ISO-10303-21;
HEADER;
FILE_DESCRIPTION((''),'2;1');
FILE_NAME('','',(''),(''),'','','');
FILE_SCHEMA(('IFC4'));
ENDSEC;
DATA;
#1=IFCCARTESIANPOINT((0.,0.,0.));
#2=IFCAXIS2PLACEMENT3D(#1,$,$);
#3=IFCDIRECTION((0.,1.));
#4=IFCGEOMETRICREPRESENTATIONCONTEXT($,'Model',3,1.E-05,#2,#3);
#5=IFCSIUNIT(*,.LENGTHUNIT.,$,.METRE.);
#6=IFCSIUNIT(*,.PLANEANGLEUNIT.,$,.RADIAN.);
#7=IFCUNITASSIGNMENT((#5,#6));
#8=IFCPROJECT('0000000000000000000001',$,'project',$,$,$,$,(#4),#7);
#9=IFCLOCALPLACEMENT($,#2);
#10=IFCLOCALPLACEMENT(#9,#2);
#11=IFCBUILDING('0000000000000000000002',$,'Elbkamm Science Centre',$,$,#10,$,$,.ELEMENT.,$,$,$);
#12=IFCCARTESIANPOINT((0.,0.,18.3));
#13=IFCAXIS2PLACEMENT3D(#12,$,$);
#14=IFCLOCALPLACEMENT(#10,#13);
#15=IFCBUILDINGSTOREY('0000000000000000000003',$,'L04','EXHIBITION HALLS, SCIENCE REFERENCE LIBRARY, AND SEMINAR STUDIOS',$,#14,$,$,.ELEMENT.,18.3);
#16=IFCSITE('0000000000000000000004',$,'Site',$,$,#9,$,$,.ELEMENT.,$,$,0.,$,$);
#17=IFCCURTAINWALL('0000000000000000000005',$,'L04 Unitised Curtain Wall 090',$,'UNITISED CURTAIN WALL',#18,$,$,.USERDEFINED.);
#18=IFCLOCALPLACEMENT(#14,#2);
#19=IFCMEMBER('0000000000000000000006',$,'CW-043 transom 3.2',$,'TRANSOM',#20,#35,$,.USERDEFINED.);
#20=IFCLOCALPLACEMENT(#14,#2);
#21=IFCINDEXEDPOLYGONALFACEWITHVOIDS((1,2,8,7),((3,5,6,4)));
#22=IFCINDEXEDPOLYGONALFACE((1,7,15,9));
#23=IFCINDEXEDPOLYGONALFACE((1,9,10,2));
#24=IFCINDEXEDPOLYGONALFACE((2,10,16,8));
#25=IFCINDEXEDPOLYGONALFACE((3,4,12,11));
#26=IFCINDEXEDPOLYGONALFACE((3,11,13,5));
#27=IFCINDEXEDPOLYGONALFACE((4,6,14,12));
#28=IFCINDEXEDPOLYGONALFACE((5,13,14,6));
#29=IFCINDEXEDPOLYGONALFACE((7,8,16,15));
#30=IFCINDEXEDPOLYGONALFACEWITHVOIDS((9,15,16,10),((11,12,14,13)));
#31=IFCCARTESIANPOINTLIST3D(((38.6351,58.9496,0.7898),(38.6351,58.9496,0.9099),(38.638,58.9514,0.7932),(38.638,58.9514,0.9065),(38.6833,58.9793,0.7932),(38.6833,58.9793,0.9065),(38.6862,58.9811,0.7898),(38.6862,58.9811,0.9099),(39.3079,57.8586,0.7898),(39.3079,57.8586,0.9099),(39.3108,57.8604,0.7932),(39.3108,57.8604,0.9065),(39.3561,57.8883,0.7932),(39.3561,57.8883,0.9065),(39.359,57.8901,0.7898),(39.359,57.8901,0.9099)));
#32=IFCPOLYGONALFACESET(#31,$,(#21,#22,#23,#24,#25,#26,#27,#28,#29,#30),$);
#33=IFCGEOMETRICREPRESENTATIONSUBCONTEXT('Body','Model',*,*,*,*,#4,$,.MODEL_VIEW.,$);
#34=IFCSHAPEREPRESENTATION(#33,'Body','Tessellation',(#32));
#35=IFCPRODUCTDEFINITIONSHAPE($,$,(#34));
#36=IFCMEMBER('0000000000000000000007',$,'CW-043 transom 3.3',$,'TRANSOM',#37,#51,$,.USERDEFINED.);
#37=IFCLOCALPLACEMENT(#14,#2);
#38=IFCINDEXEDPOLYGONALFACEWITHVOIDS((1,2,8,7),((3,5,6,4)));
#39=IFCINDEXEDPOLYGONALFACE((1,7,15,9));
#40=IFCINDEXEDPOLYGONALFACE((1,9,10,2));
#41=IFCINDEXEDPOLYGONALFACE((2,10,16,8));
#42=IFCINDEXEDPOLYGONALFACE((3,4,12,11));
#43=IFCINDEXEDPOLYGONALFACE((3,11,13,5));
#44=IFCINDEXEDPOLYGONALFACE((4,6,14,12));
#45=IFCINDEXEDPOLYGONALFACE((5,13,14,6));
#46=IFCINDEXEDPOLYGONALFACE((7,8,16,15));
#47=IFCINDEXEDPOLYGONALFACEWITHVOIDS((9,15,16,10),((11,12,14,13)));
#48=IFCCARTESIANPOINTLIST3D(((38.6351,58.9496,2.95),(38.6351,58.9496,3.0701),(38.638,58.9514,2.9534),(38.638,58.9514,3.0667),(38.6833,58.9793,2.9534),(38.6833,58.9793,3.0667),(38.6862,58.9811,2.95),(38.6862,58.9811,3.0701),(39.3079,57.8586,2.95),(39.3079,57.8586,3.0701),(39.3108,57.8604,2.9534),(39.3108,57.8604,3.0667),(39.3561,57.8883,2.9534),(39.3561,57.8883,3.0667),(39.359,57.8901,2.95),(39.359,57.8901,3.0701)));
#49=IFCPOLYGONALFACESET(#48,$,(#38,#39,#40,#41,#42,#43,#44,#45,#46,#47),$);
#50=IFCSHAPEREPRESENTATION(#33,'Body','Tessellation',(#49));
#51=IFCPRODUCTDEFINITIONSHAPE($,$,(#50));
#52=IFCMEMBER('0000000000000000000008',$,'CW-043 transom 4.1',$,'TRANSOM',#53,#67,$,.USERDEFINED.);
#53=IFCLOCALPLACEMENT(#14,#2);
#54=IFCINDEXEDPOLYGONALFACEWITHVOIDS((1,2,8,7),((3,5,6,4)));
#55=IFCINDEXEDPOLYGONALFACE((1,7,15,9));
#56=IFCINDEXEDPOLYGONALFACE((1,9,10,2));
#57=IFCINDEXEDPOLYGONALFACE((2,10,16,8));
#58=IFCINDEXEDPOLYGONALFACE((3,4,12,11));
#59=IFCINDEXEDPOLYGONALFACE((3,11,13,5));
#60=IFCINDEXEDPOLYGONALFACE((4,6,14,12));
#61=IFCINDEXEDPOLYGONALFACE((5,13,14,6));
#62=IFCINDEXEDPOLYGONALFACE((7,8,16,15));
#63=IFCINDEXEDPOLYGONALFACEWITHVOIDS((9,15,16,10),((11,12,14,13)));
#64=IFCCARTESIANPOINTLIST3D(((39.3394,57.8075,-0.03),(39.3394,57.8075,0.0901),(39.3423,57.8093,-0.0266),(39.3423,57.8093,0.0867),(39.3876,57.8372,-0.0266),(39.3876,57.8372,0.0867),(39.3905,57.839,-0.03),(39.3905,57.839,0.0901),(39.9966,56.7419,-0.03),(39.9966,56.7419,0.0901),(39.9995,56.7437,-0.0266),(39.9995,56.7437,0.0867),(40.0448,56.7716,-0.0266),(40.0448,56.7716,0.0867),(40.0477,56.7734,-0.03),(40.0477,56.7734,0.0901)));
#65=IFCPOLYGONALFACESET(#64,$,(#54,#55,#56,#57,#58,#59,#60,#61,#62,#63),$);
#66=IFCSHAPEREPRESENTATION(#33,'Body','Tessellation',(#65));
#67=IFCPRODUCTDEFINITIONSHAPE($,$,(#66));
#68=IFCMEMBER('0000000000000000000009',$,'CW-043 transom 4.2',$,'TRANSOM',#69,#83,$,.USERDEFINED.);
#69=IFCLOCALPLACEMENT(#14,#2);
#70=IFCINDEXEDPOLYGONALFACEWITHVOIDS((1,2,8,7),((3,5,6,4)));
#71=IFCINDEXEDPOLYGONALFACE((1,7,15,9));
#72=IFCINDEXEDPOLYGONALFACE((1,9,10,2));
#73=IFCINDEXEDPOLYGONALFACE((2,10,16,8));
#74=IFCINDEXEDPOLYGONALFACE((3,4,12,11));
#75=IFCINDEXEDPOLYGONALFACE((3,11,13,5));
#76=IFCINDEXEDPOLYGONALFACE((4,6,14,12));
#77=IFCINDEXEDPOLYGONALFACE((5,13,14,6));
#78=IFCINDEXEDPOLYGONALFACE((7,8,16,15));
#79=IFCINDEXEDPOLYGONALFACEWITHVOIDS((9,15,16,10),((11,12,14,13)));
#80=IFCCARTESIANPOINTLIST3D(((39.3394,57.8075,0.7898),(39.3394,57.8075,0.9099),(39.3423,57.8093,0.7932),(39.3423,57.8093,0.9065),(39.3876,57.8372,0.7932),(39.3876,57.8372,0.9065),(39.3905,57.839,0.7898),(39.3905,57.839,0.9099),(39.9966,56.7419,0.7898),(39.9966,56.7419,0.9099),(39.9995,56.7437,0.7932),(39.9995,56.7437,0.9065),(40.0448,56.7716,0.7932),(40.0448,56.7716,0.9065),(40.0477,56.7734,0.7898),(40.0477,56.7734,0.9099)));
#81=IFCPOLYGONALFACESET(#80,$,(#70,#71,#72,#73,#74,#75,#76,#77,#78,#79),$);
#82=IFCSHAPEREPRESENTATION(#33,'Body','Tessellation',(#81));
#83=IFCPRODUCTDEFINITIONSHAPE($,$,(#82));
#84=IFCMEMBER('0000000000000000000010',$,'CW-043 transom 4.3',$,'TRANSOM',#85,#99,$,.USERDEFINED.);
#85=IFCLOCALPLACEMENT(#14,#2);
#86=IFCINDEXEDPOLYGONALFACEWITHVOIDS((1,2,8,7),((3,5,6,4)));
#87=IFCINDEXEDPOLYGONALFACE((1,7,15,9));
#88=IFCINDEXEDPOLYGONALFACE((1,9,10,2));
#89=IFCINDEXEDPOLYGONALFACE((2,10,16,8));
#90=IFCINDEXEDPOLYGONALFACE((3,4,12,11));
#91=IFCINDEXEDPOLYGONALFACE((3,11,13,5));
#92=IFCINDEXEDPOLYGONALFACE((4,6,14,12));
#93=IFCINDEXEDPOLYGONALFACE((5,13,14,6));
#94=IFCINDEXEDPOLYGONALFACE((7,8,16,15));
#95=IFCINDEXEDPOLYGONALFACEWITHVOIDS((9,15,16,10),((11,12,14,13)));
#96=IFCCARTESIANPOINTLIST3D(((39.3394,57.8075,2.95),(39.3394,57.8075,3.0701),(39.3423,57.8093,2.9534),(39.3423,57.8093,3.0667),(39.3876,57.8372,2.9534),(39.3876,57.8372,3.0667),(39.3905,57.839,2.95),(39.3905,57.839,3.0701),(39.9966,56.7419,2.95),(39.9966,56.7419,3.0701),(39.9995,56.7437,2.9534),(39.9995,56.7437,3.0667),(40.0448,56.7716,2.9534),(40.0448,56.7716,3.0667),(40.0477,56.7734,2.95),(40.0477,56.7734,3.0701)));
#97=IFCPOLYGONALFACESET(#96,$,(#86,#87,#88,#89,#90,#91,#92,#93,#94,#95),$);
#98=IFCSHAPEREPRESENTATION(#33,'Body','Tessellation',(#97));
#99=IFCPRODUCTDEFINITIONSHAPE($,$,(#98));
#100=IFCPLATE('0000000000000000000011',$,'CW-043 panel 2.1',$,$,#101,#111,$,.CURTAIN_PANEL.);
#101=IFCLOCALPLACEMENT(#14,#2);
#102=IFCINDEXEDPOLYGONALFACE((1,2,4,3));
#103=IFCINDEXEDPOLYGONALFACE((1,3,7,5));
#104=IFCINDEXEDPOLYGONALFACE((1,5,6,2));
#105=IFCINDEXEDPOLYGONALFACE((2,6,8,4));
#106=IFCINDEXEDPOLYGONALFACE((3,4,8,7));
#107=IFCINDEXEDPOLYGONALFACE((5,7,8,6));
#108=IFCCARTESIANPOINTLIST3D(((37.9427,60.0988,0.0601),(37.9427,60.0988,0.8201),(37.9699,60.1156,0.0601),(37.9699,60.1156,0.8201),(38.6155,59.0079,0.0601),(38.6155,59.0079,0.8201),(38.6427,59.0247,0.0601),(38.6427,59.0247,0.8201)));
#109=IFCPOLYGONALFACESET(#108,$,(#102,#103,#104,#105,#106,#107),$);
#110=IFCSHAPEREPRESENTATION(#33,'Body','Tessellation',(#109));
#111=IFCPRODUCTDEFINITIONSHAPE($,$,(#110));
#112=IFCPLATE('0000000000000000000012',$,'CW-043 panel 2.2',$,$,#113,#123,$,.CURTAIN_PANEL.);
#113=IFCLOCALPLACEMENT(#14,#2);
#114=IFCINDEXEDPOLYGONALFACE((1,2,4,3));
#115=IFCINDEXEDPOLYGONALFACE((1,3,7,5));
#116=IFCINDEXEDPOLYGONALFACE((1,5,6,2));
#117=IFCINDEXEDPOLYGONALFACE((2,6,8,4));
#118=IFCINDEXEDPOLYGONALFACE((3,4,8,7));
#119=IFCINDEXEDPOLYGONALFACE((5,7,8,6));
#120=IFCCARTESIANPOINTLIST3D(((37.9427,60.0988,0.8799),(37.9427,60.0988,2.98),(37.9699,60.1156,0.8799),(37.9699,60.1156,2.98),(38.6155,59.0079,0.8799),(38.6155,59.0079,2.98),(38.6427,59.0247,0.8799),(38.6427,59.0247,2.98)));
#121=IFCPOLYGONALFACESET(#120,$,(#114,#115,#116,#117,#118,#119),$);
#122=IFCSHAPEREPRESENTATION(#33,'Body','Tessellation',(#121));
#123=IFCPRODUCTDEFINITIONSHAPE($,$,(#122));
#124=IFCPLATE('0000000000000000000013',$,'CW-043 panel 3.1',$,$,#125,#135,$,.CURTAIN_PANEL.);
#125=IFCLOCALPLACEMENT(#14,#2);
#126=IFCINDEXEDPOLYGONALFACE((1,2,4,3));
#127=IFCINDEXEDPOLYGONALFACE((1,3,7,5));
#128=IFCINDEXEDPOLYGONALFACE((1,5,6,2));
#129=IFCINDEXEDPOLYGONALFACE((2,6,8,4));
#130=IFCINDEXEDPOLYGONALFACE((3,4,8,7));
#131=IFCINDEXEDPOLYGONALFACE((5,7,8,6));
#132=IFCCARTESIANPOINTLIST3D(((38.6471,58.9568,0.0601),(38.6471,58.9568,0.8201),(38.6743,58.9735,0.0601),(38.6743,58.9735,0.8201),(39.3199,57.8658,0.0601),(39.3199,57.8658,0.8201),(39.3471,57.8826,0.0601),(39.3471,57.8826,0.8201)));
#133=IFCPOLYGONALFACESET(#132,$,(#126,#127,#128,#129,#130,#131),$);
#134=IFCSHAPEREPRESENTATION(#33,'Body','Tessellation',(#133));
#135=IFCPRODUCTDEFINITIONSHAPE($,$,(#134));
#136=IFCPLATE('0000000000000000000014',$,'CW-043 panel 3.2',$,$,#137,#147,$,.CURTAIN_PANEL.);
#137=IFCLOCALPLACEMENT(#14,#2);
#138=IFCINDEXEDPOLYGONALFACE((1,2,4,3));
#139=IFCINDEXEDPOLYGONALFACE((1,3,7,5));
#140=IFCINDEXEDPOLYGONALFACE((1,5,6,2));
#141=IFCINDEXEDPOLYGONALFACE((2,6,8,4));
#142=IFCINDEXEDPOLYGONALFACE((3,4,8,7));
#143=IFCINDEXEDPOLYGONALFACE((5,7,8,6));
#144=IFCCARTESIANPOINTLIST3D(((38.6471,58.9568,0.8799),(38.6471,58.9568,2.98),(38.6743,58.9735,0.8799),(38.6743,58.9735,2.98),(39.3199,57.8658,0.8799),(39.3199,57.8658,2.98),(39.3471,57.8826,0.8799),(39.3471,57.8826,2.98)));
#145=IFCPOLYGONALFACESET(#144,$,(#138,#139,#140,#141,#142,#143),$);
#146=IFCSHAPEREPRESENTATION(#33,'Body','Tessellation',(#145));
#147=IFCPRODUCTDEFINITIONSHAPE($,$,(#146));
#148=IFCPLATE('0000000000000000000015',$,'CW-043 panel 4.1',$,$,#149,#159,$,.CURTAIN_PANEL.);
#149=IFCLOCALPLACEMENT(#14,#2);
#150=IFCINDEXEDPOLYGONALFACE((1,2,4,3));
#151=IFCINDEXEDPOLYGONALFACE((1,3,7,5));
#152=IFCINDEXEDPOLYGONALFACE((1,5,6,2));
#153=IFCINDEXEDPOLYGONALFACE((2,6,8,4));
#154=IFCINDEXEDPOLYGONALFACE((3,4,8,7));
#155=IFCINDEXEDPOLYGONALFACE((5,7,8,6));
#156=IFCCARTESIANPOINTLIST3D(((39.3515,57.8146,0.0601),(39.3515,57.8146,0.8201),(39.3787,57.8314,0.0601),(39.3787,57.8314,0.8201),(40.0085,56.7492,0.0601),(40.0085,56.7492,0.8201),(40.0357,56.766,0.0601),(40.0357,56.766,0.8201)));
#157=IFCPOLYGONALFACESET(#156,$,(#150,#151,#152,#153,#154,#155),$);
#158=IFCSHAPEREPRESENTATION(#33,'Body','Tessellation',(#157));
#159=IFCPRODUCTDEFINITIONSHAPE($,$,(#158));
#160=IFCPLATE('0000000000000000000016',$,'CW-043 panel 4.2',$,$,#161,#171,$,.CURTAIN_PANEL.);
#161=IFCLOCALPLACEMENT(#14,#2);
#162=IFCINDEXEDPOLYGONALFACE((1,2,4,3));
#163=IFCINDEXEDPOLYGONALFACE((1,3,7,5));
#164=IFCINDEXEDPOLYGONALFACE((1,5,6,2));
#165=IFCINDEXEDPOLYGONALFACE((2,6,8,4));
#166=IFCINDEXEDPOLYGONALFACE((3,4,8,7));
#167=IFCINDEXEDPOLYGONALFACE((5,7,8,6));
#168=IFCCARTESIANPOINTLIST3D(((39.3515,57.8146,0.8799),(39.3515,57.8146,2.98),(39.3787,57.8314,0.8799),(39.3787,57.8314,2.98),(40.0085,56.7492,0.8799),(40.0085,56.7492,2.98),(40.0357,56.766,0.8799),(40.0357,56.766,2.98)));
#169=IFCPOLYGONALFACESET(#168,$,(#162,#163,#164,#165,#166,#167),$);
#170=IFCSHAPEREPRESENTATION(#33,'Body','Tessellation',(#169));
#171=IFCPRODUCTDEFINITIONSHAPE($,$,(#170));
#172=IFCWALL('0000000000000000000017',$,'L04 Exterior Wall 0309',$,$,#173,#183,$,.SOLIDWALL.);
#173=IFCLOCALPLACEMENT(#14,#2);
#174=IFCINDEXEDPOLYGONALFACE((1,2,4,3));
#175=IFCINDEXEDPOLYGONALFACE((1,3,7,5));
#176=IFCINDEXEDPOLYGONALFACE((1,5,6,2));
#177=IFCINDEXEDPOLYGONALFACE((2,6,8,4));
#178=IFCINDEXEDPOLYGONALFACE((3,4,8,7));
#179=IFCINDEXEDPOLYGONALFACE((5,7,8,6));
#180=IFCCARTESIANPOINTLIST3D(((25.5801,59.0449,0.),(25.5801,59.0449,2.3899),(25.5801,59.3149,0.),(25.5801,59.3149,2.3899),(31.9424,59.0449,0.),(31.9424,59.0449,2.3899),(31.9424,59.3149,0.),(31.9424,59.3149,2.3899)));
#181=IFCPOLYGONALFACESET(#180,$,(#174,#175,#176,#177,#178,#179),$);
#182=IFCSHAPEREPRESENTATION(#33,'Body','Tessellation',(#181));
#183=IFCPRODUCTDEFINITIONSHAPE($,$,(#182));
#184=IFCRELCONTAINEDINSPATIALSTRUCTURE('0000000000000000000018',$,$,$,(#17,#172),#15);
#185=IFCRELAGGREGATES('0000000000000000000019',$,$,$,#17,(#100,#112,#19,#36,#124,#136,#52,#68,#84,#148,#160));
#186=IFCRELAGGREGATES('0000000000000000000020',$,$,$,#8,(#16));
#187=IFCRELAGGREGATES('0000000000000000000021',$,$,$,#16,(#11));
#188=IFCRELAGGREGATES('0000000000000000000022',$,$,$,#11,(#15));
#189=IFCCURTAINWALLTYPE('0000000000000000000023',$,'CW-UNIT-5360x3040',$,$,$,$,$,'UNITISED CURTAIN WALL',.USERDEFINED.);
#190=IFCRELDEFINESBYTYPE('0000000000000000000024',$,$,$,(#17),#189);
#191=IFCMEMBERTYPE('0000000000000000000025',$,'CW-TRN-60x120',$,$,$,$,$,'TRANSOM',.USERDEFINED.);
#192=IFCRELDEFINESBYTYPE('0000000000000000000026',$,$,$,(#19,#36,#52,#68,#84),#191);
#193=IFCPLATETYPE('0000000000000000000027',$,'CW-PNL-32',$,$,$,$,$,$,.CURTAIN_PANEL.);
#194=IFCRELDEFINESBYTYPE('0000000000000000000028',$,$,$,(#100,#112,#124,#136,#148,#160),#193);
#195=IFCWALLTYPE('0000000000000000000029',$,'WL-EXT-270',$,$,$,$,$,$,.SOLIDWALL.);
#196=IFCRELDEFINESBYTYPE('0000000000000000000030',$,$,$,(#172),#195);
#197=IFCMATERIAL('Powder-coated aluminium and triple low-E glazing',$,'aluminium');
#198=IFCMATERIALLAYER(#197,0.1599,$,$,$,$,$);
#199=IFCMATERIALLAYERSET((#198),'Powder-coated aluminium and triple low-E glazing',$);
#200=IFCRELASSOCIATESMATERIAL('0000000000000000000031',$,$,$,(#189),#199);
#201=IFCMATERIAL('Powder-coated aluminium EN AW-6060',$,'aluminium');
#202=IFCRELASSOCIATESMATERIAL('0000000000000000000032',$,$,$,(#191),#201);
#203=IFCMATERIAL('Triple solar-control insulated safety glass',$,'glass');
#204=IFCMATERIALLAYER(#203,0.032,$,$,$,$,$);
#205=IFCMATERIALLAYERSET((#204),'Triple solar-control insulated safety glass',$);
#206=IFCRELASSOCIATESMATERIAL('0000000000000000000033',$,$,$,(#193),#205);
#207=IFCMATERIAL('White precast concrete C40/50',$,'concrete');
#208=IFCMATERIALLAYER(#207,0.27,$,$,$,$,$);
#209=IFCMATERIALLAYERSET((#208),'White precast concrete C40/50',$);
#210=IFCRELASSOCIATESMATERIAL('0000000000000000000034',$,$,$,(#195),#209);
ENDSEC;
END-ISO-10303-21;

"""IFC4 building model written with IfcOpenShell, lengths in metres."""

from ifc_helpers import new_model, si_unit, direction, frame, frame_2d, origin, origin_2d, place, context, subcontext, project, spatial, rectangle, hollow_rectangle, extrude, material, layer, layer_set, material_profile, profile_set, type_object, element, aggregate, save


model = new_model("IFC4")

# Units and contexts
model_context = context("Model", 3, precision=1e-05, world=origin(), true_north=direction((0.0, 1.0)))
body_context = subcontext(model_context, "Body", "Model", "MODEL_VIEW")
ifc_project = project(units=[si_unit("LENGTHUNIT", "METRE"), si_unit("PLANEANGLEUNIT", "RADIAN")], contexts=[model_context])

# Site, building, storey
site_placement = place(None, origin())
site = spatial("IfcSite", under=ifc_project, at=site_placement, Name="Site", CompositionType="ELEMENT", RefElevation=0.0)
building_placement = place(site_placement, origin())
building = spatial("IfcBuilding", under=site, at=building_placement, Name="Elbkamm Science Centre", CompositionType="ELEMENT")
storey_placement = place(building_placement, frame((0.0, 0.0, 18.3)))
storey = spatial("IfcBuildingStorey", under=building, at=storey_placement, Name="L04", Description="EXHIBITION HALLS, SCIENCE REFERENCE LIBRARY, AND SEMINAR STUDIOS", CompositionType="ELEMENT", Elevation=18.3)

# Curtain wall, members, plates
ifc_material_1 = material(Name="Powder-coated aluminium and triple low-E glazing", Category="aluminium")
ifc_layer_1 = layer(ifc_material_1, 0.1599)
ifc_layer_set_1 = layer_set([ifc_layer_1], Name="Powder-coated aluminium and triple low-E glazing")
curtain_wall_type = type_object("IfcCurtainWallType", Name="CW-UNIT-5360x3040", ElementType="UNITISED CURTAIN WALL", PredefinedType="USERDEFINED", material=ifc_layer_set_1)
curtain_wall_placement = place(storey_placement, origin())
curtain_wall = element("IfcCurtainWall", 1, at=curtain_wall_placement, inside=storey, type_object=curtain_wall_type, Name="L04 Unitised Curtain Wall 090", ObjectType="UNITISED CURTAIN WALL", PredefinedType="USERDEFINED")
ifc_material_2 = material(Name="Powder-coated aluminium EN AW-6060", Category="aluminium")
ifc_material_profile_1 = material_profile(ifc_material_2, hollow_rectangle(XDim=0.0601, YDim=0.1201, WallThickness=0.0034, at=origin_2d()), Name="ALU T60x120")
ifc_profile_set_1 = profile_set([ifc_material_profile_1], Name="Powder-coated aluminium EN AW-6060")
member_type_1 = type_object("IfcMemberType", Name="CW-TRN-60x120", ElementType="TRANSOM", PredefinedType="USERDEFINED", material=ifc_profile_set_1)
member_1_placement = place(storey_placement, frame((38.6606, 58.9653, 0.8499), z_axis=(0.524905, -0.851161, 0.0), x_axis=(0.851161, 0.524905, 0.0)))
member_1 = element("IfcMember", 2, at=member_1_placement, type_object=member_type_1, Name="CW-043 transom 3.2", ObjectType="TRANSOM", PredefinedType="USERDEFINED", context=body_context, shape_type="SweptSolid", body=[
    extrude(hollow_rectangle(XDim=0.0601, YDim=0.1201, WallThickness=0.0034, at=origin_2d()), origin(), (0.0, 0.0, 1.0), 1.2817),
])
member_2_placement = place(storey_placement, frame((38.6606, 58.9653, 3.01), z_axis=(0.524905, -0.851161, 0.0), x_axis=(0.851161, 0.524905, 0.0)))
member_2 = element("IfcMember", 3, at=member_2_placement, type_object=member_type_1, Name="CW-043 transom 3.3", ObjectType="TRANSOM", PredefinedType="USERDEFINED", context=body_context, shape_type="SweptSolid", body=[
    extrude(hollow_rectangle(XDim=0.0601, YDim=0.1201, WallThickness=0.0034, at=origin_2d()), origin(), (0.0, 0.0, 1.0), 1.2817),
])
member_3_placement = place(storey_placement, frame((39.365, 57.8232, 0.03), z_axis=(0.524924, -0.851149, 0.0), x_axis=(0.851149, 0.524924, 0.0)))
member_3 = element("IfcMember", 4, at=member_3_placement, type_object=member_type_1, Name="CW-043 transom 4.1", ObjectType="TRANSOM", PredefinedType="USERDEFINED", context=body_context, shape_type="SweptSolid", body=[
    extrude(hollow_rectangle(XDim=0.0601, YDim=0.1201, WallThickness=0.0034, at=origin_2d()), origin(), (0.0, 0.0, 1.0), 1.252),
])
member_4_placement = place(storey_placement, frame((39.365, 57.8232, 0.8499), z_axis=(0.524924, -0.851149, 0.0), x_axis=(0.851149, 0.524924, 0.0)))
member_4 = element("IfcMember", 5, at=member_4_placement, type_object=member_type_1, Name="CW-043 transom 4.2", ObjectType="TRANSOM", PredefinedType="USERDEFINED", context=body_context, shape_type="SweptSolid", body=[
    extrude(hollow_rectangle(XDim=0.0601, YDim=0.1201, WallThickness=0.0034, at=origin_2d()), origin(), (0.0, 0.0, 1.0), 1.252),
])
member_5_placement = place(storey_placement, frame((39.365, 57.8232, 3.01), z_axis=(0.524924, -0.851149, 0.0), x_axis=(0.851149, 0.524924, 0.0)))
member_5 = element("IfcMember", 6, at=member_5_placement, type_object=member_type_1, Name="CW-043 transom 4.3", ObjectType="TRANSOM", PredefinedType="USERDEFINED", context=body_context, shape_type="SweptSolid", body=[
    extrude(hollow_rectangle(XDim=0.0601, YDim=0.1201, WallThickness=0.0034, at=origin_2d()), origin(), (0.0, 0.0, 1.0), 1.252),
])
ifc_material_3 = material(Name="Triple solar-control insulated safety glass", Category="glass")
ifc_layer_2 = layer(ifc_material_3, 0.032)
ifc_layer_set_2 = layer_set([ifc_layer_2], Name="Triple solar-control insulated safety glass")
plate_type = type_object("IfcPlateType", Name="CW-PNL-32", PredefinedType="CURTAIN_PANEL", material=ifc_layer_set_2)
plate_1_placement = place(storey_placement, frame((38.2927, 59.5618, 0.0601), z_axis=(0.0, 0.0, 1.0), x_axis=(0.524927, -0.851147, 0.0)))
plate_1 = element("IfcPlate", 7, at=plate_1_placement, type_object=plate_type, Name="CW-043 panel 2.1", PredefinedType="CURTAIN_PANEL", context=body_context, shape_type="SweptSolid", body=[
    extrude(rectangle(XDim=1.2817, YDim=0.032, at=origin_2d()), origin(), (0.0, 0.0, 1.0), 0.76),
])
plate_2_placement = place(storey_placement, frame((38.2927, 59.5618, 0.8799), z_axis=(0.0, 0.0, 1.0), x_axis=(0.524927, -0.851147, 0.0)))
plate_2 = element("IfcPlate", 8, at=plate_2_placement, type_object=plate_type, Name="CW-043 panel 2.2", PredefinedType="CURTAIN_PANEL", context=body_context, shape_type="SweptSolid", body=[
    extrude(rectangle(XDim=1.2817, YDim=0.032, at=origin_2d()), origin(), (0.0, 0.0, 1.0), 2.1001),
])
plate_3_placement = place(storey_placement, frame((38.9971, 58.4197, 0.0601), z_axis=(0.0, 0.0, 1.0), x_axis=(0.524927, -0.851147, 0.0)))
plate_3 = element("IfcPlate", 9, at=plate_3_placement, type_object=plate_type, Name="CW-043 panel 3.1", PredefinedType="CURTAIN_PANEL", context=body_context, shape_type="SweptSolid", body=[
    extrude(rectangle(XDim=1.2817, YDim=0.032, at=origin_2d()), origin(), (0.0, 0.0, 1.0), 0.76),
])
plate_4_placement = place(storey_placement, frame((38.9971, 58.4197, 0.8799), z_axis=(0.0, 0.0, 1.0), x_axis=(0.524927, -0.851147, 0.0)))
plate_4 = element("IfcPlate", 10, at=plate_4_placement, type_object=plate_type, Name="CW-043 panel 3.2", PredefinedType="CURTAIN_PANEL", context=body_context, shape_type="SweptSolid", body=[
    extrude(rectangle(XDim=1.2817, YDim=0.032, at=origin_2d()), origin(), (0.0, 0.0, 1.0), 2.1001),
])
plate_5_placement = place(storey_placement, frame((39.6936, 57.2903, 0.0601), z_axis=(0.0, 0.0, 1.0), x_axis=(0.524927, -0.851147, 0.0)))
plate_5 = element("IfcPlate", 11, at=plate_5_placement, type_object=plate_type, Name="CW-043 panel 4.1", PredefinedType="CURTAIN_PANEL", context=body_context, shape_type="SweptSolid", body=[
    extrude(rectangle(XDim=1.2517, YDim=0.032, at=origin_2d()), origin(), (0.0, 0.0, 1.0), 0.76),
])
plate_6_placement = place(storey_placement, frame((39.6936, 57.2903, 0.8799), z_axis=(0.0, 0.0, 1.0), x_axis=(0.524927, -0.851147, 0.0)))
plate_6 = element("IfcPlate", 12, at=plate_6_placement, type_object=plate_type, Name="CW-043 panel 4.2", PredefinedType="CURTAIN_PANEL", context=body_context, shape_type="SweptSolid", body=[
    extrude(rectangle(XDim=1.2517, YDim=0.032, at=origin_2d()), origin(), (0.0, 0.0, 1.0), 2.1001),
])
aggregate(curtain_wall, [plate_1, plate_2, member_1, member_2, plate_3, plate_4, member_3, member_4, member_5, plate_5, plate_6])

# Wall
ifc_material_4 = material(Name="White precast concrete C40/50", Category="concrete")
ifc_layer_3 = layer(ifc_material_4, 0.27)
ifc_layer_set_3 = layer_set([ifc_layer_3], Name="White precast concrete C40/50")
wall_type_1 = type_object("IfcWallType", Name="WL-EXT-270", PredefinedType="SOLIDWALL", material=ifc_layer_set_3)
wall_1_placement = place(storey_placement, frame((31.9424, 59.1799, 0.0), z_axis=(0.0, 0.0, 1.0), x_axis=(-1.0, 0.0, 0.0)))
element("IfcWall", 13, at=wall_1_placement, inside=storey, type_object=wall_type_1, Name="L04 Exterior Wall 0309", PredefinedType="SOLIDWALL", context=body_context, shape_type="SweptSolid", body=[
    extrude(rectangle(XDim=6.3623, YDim=0.27, at=frame_2d((3.1812, 0.0))), origin(), (0.0, 0.0, 1.0), 2.3899),
])

save(model, "model.ifc")
